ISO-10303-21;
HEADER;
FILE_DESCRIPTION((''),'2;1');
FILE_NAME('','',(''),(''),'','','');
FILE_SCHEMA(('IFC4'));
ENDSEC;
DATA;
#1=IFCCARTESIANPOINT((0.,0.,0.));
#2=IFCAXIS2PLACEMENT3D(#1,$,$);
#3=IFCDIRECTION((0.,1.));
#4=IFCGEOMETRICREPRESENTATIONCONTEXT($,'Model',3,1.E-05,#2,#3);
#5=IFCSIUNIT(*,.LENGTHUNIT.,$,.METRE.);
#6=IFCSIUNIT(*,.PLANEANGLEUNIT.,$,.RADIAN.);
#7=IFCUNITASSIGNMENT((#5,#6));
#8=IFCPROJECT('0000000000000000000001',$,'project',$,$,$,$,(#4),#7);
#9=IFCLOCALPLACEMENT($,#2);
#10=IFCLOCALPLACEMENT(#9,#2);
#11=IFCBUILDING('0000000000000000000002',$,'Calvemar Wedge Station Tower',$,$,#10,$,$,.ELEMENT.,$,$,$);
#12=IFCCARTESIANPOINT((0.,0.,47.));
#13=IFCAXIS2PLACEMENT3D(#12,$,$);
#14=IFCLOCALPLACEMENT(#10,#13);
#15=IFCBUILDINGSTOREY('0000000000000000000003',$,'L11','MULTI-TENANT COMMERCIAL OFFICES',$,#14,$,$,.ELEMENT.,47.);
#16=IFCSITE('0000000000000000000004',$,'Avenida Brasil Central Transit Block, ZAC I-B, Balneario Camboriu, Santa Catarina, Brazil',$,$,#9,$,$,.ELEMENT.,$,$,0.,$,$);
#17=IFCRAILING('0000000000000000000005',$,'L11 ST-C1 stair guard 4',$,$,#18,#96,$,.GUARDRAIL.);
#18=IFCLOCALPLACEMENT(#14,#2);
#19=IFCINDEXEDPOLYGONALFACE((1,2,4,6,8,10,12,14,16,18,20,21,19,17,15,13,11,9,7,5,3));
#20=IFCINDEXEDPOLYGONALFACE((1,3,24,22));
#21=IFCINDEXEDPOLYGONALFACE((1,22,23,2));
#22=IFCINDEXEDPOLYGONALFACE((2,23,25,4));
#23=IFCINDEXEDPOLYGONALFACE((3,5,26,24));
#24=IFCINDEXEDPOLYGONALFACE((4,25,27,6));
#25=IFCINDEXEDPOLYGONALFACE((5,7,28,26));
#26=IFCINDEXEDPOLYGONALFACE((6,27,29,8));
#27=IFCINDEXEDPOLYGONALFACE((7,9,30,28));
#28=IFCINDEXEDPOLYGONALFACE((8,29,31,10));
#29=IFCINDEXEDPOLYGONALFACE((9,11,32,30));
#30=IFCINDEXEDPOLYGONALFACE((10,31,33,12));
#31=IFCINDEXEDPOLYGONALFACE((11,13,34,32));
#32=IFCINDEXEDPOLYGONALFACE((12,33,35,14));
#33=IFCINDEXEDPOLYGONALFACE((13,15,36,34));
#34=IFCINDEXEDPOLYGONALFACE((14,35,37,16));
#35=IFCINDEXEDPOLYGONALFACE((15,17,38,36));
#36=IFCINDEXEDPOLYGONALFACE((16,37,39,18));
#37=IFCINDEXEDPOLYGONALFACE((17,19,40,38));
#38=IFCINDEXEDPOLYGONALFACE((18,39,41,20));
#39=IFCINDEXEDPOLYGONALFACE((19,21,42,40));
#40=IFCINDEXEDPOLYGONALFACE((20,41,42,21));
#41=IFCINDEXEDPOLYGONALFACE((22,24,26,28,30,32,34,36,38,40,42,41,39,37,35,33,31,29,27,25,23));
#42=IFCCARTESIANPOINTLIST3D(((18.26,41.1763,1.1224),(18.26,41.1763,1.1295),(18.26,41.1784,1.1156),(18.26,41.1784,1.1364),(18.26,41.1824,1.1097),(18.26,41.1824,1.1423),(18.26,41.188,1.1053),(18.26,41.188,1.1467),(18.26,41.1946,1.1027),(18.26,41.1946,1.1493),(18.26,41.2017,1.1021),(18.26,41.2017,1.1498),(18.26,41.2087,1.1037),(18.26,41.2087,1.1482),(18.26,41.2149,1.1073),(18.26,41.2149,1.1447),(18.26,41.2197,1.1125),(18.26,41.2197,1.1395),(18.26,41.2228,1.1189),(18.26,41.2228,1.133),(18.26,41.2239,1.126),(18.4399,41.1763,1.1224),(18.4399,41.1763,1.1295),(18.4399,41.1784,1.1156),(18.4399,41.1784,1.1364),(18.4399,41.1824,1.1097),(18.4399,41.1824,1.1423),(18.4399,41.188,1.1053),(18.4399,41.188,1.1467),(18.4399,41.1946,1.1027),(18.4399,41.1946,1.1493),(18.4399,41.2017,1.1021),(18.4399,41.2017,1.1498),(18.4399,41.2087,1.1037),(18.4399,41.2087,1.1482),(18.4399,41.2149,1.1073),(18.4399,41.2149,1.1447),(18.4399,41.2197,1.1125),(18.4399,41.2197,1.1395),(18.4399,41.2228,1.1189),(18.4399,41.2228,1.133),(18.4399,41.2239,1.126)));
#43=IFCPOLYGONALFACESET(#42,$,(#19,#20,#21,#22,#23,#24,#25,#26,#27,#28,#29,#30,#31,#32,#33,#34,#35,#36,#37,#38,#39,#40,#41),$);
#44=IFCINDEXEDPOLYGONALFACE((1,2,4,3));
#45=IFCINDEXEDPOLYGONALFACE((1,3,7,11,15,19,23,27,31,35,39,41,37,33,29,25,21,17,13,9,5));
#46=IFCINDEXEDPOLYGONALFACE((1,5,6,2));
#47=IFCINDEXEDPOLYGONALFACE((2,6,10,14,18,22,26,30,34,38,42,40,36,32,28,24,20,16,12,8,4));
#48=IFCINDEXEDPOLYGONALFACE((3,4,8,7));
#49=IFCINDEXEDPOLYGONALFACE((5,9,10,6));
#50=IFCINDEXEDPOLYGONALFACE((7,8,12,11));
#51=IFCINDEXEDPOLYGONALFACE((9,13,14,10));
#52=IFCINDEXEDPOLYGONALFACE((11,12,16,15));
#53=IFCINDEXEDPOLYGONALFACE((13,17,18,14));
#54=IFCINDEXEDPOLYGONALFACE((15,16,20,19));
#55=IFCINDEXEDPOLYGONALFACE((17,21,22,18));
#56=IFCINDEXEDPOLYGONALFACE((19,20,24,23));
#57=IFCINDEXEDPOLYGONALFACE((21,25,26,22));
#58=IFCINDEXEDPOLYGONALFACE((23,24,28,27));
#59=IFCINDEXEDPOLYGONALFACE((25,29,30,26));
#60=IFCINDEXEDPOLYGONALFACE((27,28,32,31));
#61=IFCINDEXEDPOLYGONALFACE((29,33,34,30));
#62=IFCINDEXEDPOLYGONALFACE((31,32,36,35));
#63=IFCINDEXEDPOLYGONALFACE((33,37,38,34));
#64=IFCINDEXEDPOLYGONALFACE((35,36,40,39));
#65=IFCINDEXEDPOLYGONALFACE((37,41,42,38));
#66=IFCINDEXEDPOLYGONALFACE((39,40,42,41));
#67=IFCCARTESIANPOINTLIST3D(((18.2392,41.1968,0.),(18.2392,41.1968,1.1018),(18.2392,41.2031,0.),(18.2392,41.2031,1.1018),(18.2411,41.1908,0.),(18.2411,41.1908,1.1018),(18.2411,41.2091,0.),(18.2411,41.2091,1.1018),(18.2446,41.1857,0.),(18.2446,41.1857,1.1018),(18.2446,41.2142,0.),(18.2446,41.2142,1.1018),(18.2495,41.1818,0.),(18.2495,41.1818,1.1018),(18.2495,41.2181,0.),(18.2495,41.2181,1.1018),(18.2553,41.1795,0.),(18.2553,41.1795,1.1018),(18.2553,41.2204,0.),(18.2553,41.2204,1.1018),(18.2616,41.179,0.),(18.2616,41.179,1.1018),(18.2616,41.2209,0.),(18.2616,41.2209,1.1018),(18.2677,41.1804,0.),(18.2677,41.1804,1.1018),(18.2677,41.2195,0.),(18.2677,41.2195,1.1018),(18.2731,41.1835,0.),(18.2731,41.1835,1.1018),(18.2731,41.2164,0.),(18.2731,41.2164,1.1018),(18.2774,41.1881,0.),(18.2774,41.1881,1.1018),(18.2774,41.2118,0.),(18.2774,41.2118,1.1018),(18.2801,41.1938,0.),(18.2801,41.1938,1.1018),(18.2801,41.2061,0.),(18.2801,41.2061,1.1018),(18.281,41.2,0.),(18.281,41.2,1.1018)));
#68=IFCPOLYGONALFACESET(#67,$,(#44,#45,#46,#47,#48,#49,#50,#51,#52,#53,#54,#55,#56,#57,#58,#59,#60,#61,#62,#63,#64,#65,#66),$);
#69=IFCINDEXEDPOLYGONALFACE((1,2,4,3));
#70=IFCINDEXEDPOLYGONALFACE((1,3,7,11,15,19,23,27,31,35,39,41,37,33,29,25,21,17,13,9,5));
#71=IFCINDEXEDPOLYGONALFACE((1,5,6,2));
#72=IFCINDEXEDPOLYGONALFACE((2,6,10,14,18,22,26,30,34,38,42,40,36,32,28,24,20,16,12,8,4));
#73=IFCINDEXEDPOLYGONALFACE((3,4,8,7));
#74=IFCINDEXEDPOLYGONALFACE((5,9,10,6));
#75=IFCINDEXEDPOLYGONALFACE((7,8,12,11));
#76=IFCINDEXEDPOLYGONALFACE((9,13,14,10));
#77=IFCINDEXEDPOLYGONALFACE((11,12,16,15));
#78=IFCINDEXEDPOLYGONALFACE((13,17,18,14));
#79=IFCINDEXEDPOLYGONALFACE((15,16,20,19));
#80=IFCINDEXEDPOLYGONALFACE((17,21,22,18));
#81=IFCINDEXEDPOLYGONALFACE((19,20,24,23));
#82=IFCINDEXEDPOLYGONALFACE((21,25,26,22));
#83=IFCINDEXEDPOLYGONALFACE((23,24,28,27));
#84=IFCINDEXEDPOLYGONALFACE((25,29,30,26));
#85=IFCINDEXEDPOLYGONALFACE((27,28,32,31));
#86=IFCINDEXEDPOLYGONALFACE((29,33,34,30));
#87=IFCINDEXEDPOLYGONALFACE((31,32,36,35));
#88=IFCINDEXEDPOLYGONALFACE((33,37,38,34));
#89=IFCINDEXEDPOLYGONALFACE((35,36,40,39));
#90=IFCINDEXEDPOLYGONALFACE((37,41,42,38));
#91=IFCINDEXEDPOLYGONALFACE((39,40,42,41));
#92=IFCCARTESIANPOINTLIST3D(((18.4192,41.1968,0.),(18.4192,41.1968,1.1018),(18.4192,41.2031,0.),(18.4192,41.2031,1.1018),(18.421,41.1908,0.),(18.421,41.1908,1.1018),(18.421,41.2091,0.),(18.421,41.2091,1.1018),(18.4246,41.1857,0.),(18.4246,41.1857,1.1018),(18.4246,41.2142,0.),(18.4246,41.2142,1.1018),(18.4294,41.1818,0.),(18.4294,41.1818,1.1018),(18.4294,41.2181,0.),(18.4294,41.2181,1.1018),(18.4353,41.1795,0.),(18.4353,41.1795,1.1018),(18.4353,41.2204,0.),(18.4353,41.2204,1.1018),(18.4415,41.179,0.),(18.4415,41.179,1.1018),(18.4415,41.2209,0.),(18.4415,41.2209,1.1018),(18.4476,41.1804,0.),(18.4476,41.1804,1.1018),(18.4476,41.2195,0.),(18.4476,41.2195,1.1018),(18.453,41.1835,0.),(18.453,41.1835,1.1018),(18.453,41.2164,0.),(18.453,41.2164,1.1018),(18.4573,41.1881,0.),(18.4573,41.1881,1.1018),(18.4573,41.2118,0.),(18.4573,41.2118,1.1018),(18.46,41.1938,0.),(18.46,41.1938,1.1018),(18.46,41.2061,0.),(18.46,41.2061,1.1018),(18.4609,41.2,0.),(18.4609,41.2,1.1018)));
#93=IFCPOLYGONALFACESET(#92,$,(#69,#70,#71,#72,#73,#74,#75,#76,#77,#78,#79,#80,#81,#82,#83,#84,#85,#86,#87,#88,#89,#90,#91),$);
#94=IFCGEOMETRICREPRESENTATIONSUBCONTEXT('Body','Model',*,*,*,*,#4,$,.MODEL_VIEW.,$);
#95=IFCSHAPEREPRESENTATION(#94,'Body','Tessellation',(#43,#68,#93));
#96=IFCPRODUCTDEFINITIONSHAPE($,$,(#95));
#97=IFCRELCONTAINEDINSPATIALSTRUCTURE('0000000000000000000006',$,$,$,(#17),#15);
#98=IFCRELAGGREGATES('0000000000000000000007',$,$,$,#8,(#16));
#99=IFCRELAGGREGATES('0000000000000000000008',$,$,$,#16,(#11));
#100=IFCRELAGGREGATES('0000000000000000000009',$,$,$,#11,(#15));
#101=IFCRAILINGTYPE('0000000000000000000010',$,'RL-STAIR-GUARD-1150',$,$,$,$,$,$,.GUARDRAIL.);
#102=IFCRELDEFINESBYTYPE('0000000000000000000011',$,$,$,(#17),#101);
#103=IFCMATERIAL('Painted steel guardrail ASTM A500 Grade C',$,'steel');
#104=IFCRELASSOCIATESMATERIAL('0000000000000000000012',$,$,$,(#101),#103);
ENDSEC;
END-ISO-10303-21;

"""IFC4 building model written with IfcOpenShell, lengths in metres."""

from ifc_helpers import new_model, si_unit, direction, frame, origin, origin_2d, place, context, subcontext, project, spatial, circle, extrude, material, type_object, element, save


model = new_model("IFC4")

# Units and contexts
model_context = context("Model", 3, precision=1e-05, world=origin(), true_north=direction((0.0, 1.0)))
body_context = subcontext(model_context, "Body", "Model", "MODEL_VIEW")
ifc_project = project(units=[si_unit("LENGTHUNIT", "METRE"), si_unit("PLANEANGLEUNIT", "RADIAN")], contexts=[model_context])

# Site, building, storey
site_placement = place(None, origin())
site = spatial("IfcSite", under=ifc_project, at=site_placement, Name="Avenida Brasil Central Transit Block, ZAC I-B, Balneario Camboriu, Santa Catarina, Brazil", CompositionType="ELEMENT", RefElevation=0.0)
building_placement = place(site_placement, origin())
building = spatial("IfcBuilding", under=site, at=building_placement, Name="Calvemar Wedge Station Tower", CompositionType="ELEMENT")
storey_placement = place(building_placement, frame((0.0, 0.0, 47.0)))
storey = spatial("IfcBuildingStorey", under=building, at=storey_placement, Name="L11", Description="MULTI-TENANT COMMERCIAL OFFICES", CompositionType="ELEMENT", Elevation=47.0)

# Railing
ifc_material_1 = material(Name="Painted steel guardrail ASTM A500 Grade C", Category="steel")
railing_type = type_object("IfcRailingType", Name="RL-STAIR-GUARD-1150", PredefinedType="GUARDRAIL", material=ifc_material_1)
railing_1_placement = place(storey_placement, frame((18.26, 41.2, 0.0)))
element("IfcRailing", 1, at=railing_1_placement, inside=storey, type_object=railing_type, Name="L11 ST-C1 stair guard 4", PredefinedType="GUARDRAIL", context=body_context, shape_type="SweptSolid", body=[
    extrude(circle(Radius=0.0239, at=origin_2d()), frame((0.0, 0.0, 1.126), z_axis=(1.0, 0.0, 0.0), x_axis=(0.0, 1.0, 0.0)), (0.0, 0.0, 1.0), 0.1799),
    extrude(circle(Radius=0.021, at=origin_2d()), origin(), (0.0, 0.0, 1.0), 1.1018),
    extrude(circle(Radius=0.021, at=origin_2d()), frame((0.1799, 0.0, 0.0)), (0.0, 0.0, 1.0), 1.1018),
])

save(model, "model.ifc")
